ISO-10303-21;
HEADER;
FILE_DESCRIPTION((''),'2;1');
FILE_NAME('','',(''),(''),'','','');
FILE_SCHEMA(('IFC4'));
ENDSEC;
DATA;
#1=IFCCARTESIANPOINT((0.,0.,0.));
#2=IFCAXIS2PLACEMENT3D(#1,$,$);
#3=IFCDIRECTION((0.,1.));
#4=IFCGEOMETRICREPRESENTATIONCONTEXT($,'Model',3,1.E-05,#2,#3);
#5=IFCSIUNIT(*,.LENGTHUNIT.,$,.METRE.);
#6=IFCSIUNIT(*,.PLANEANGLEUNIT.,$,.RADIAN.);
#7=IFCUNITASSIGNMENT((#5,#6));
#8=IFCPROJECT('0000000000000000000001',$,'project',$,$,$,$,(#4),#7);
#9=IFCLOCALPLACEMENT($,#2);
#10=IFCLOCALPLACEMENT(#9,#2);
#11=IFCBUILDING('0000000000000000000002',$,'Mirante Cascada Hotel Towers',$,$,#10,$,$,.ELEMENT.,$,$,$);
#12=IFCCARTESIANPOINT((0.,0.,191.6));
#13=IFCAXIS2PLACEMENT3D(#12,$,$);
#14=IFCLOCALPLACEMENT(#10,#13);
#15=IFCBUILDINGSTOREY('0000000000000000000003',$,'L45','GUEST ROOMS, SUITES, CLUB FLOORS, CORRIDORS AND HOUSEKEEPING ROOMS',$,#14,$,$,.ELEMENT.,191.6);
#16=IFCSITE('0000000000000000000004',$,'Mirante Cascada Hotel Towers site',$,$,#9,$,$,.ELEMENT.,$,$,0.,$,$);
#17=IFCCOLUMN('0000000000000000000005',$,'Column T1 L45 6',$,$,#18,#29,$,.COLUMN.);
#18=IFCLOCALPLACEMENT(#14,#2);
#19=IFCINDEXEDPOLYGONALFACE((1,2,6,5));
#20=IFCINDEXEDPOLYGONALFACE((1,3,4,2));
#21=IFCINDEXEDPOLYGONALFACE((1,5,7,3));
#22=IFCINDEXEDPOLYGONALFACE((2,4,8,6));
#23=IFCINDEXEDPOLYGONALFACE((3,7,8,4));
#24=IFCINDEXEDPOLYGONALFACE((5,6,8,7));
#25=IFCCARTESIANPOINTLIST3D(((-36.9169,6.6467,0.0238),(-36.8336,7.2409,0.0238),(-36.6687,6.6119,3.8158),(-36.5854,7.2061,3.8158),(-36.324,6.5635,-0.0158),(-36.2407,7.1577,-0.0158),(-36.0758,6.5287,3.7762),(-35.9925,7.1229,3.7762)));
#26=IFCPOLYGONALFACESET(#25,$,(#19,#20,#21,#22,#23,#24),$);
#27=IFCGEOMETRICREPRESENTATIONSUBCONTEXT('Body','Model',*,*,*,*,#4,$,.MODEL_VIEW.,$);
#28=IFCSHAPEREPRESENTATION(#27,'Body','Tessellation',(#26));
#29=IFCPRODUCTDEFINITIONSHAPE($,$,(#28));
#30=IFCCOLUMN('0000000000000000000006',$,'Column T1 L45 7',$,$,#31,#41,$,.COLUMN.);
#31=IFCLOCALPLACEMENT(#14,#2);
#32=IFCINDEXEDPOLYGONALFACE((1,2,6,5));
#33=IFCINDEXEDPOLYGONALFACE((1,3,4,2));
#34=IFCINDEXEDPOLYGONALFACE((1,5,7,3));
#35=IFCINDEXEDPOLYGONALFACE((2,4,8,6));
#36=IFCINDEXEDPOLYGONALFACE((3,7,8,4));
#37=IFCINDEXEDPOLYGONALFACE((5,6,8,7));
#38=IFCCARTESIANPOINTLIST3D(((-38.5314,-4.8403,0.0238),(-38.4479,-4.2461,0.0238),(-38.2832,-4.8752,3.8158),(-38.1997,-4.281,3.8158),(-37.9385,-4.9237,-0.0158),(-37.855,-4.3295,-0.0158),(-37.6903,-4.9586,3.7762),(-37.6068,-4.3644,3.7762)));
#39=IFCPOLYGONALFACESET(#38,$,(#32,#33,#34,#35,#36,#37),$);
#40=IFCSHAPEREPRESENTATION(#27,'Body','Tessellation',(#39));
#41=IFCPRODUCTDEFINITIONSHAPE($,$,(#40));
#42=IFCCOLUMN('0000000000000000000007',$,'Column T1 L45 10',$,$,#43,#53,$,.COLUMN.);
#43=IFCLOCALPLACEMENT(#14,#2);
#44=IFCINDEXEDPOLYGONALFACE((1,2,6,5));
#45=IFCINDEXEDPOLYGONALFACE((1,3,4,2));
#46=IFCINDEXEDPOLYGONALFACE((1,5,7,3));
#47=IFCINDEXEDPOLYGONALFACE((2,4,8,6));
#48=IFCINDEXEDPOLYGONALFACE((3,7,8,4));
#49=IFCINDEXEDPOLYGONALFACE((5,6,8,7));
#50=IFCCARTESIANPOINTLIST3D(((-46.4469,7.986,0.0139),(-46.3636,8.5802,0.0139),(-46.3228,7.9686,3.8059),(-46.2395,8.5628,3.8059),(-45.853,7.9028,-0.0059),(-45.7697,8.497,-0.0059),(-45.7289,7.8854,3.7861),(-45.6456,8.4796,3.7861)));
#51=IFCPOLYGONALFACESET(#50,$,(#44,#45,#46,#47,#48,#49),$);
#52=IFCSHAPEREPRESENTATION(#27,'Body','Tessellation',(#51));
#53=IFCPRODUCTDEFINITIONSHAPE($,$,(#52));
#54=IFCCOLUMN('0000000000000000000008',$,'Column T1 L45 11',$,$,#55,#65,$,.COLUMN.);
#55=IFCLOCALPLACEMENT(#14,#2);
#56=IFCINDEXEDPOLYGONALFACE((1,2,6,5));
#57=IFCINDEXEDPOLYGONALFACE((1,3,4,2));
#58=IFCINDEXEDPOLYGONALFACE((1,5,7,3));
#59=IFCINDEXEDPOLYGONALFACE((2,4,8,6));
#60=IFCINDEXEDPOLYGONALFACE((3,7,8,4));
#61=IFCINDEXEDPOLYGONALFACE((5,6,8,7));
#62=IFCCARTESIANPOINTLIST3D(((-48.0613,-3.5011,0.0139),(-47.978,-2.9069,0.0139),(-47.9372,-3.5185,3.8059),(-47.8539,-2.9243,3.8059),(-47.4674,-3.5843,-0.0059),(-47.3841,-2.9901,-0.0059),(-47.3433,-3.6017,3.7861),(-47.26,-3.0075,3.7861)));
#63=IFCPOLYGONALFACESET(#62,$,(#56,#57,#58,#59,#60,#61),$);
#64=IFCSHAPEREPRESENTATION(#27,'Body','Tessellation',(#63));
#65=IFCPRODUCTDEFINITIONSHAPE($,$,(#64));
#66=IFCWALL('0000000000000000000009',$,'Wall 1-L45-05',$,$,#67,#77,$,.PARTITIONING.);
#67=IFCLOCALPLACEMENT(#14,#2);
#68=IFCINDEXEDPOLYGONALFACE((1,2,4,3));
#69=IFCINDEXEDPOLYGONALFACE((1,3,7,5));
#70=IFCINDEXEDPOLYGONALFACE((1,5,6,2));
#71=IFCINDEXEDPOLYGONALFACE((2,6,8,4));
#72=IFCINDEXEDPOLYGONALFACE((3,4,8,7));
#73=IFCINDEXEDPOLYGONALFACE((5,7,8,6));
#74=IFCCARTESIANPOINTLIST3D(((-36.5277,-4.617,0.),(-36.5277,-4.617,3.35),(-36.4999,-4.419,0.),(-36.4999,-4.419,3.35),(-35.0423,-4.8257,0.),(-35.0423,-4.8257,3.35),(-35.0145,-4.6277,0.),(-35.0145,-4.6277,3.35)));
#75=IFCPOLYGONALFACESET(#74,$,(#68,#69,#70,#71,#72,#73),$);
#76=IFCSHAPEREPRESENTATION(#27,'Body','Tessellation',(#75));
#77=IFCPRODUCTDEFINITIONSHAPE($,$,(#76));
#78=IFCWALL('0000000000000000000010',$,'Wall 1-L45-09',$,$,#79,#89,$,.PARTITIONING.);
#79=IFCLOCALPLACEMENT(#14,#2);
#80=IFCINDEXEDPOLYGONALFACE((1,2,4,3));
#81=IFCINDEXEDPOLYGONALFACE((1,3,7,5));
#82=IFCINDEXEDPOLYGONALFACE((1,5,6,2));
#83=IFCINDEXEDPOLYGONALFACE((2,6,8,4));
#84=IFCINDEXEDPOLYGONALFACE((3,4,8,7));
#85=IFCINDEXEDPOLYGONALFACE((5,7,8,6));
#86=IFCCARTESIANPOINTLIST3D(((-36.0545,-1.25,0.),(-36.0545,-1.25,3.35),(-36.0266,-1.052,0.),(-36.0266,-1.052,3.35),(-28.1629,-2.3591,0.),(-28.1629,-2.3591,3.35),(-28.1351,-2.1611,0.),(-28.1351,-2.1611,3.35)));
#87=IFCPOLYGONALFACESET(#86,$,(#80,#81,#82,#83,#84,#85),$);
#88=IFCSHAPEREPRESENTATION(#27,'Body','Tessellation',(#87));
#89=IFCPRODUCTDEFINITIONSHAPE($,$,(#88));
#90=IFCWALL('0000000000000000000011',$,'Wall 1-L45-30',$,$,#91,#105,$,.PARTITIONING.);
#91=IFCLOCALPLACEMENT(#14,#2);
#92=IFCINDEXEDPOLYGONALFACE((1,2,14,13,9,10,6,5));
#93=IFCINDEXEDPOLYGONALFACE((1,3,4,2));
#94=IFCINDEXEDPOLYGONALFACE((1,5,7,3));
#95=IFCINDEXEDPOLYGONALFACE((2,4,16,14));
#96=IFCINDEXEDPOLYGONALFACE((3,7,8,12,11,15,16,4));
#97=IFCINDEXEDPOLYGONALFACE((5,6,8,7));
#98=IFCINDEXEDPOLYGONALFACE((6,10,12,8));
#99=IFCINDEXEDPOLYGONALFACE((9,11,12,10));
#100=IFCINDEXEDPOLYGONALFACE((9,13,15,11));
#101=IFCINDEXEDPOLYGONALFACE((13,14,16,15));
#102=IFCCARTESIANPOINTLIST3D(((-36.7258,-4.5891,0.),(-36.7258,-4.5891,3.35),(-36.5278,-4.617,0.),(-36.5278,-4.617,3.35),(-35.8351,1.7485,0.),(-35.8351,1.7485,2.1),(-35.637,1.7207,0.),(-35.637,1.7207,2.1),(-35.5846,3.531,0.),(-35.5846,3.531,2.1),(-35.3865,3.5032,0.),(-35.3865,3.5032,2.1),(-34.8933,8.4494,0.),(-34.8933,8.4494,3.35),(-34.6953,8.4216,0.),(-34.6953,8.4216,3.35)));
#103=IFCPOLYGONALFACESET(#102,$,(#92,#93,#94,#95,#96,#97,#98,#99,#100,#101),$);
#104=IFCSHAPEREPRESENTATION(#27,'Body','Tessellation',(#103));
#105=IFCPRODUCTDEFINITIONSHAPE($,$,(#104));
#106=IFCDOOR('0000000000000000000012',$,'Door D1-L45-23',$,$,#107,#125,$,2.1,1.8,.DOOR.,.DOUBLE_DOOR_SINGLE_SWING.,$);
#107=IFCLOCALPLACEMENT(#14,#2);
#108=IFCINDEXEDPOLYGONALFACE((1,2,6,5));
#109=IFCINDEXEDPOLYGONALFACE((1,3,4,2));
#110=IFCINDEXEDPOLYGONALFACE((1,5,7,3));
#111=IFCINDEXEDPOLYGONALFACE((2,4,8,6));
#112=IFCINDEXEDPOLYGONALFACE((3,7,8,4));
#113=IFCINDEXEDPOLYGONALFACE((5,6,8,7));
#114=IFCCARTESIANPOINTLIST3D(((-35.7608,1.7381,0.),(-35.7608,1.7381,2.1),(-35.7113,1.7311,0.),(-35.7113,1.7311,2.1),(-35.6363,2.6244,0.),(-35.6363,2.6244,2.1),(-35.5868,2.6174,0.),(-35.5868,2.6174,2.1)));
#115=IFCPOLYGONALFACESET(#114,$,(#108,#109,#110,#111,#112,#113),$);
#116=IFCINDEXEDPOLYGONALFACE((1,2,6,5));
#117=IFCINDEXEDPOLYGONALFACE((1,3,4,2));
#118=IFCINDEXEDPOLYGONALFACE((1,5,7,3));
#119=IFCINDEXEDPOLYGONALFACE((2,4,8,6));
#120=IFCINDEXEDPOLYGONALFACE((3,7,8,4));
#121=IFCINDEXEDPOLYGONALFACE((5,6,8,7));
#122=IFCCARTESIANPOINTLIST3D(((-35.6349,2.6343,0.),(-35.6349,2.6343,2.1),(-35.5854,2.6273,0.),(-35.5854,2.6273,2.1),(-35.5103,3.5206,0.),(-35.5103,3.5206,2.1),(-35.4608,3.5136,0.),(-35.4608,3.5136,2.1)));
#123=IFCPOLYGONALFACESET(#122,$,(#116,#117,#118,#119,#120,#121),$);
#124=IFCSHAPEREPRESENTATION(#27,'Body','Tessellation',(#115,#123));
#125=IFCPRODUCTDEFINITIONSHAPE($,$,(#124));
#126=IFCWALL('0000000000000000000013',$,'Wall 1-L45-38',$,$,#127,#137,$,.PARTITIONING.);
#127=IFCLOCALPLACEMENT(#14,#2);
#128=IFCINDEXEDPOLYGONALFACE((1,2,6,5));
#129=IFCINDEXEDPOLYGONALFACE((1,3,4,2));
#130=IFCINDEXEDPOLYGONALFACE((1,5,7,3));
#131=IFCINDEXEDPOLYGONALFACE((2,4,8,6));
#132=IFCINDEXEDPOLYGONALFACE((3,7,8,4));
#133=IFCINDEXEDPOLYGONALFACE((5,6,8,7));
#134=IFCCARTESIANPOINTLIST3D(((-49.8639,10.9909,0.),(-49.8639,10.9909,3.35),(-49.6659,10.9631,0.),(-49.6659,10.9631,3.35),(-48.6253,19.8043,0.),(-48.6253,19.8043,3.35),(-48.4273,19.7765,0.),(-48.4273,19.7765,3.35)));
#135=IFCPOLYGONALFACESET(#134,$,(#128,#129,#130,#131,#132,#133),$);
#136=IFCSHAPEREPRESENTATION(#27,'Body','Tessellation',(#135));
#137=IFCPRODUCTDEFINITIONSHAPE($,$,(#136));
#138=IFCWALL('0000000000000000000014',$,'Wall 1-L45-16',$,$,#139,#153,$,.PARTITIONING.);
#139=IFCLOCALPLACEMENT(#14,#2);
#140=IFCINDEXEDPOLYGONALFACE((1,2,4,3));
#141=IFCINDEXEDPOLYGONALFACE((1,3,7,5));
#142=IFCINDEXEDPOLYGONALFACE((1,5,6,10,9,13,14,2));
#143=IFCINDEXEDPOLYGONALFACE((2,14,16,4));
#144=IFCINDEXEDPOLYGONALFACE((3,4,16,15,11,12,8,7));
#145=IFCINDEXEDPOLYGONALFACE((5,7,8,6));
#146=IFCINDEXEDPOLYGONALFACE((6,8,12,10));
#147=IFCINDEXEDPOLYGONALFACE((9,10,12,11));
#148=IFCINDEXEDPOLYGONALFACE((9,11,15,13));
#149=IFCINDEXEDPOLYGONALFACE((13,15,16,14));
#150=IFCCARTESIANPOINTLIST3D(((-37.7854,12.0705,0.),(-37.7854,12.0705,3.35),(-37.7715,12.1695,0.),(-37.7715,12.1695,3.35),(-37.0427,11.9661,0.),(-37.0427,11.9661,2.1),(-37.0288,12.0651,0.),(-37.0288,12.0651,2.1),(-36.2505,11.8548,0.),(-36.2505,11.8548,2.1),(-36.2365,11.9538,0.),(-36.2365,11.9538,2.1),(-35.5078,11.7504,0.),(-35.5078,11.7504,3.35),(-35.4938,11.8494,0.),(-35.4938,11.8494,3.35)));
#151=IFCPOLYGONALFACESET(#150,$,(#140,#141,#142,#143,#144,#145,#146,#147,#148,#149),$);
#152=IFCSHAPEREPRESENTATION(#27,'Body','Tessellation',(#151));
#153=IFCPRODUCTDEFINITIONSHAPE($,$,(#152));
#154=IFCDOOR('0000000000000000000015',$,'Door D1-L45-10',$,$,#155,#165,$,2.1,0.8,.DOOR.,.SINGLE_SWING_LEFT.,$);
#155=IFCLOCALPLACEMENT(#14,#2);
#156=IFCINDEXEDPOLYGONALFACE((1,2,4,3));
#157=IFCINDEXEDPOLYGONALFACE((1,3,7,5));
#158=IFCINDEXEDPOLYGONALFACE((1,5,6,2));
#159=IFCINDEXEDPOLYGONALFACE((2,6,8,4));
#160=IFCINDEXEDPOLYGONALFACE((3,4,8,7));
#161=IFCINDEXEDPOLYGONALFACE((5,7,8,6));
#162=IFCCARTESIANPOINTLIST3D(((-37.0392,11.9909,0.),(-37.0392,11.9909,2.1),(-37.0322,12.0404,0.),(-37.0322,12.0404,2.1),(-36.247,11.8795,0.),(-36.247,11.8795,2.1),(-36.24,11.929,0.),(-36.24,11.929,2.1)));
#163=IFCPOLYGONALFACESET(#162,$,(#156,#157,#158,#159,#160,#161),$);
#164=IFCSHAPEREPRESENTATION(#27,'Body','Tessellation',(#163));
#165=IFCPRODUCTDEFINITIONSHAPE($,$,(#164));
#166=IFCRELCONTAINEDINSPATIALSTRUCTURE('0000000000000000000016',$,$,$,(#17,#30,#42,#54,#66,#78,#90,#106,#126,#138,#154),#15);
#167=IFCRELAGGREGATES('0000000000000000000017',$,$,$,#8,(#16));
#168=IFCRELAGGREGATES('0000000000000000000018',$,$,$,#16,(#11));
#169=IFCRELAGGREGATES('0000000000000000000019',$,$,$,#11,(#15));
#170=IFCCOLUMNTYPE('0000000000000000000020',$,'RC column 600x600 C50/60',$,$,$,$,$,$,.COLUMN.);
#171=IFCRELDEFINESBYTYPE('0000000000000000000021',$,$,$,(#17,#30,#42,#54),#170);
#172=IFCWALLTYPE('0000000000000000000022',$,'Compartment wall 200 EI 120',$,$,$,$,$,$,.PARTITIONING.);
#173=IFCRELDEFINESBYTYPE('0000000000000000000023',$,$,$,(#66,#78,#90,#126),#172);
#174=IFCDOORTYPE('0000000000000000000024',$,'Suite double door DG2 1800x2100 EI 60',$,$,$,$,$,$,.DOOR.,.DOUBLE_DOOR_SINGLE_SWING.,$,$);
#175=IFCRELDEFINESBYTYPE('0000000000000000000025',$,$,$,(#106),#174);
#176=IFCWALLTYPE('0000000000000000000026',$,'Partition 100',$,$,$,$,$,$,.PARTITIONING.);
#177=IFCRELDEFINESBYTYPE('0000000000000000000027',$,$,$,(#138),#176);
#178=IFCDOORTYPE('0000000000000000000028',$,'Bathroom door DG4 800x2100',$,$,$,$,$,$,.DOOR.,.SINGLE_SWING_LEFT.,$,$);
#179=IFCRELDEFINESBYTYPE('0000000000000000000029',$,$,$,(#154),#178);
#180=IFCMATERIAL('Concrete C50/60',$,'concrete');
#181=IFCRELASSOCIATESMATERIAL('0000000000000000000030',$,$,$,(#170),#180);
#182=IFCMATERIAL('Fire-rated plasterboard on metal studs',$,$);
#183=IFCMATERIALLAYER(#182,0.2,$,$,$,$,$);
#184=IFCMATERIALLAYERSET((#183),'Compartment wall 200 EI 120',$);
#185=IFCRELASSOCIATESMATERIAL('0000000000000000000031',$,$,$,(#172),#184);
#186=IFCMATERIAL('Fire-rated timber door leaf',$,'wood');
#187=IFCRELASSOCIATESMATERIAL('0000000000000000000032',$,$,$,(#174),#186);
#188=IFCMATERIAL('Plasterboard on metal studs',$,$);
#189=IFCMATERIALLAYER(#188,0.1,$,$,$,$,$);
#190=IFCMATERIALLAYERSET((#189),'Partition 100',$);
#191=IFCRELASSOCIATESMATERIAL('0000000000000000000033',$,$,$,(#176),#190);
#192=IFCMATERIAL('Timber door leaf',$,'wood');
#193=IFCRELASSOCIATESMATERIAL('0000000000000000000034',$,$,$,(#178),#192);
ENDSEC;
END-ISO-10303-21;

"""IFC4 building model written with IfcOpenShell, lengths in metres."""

from ifc_helpers import new_model, si_unit, direction, frame, frame_2d, origin, origin_2d, place, context, subcontext, project, spatial, rectangle, extrude, material, layer, layer_set, material_profile, profile_set, type_object, element, fill, save


model = new_model("IFC4")

# Units and contexts
model_context = context("Model", 3, precision=1e-05, world=origin(), true_north=direction((0.0, 1.0)))
body_context = subcontext(model_context, "Body", "Model", "MODEL_VIEW")
ifc_project = project(units=[si_unit("LENGTHUNIT", "METRE"), si_unit("PLANEANGLEUNIT", "RADIAN")], contexts=[model_context])

# Site, building, storey
site_placement = place(None, origin())
site = spatial("IfcSite", under=ifc_project, at=site_placement, Name="Mirante Cascada Hotel Towers site", CompositionType="ELEMENT", RefElevation=0.0)
building_placement = place(site_placement, origin())
building = spatial("IfcBuilding", under=site, at=building_placement, Name="Mirante Cascada Hotel Towers", CompositionType="ELEMENT")
storey_placement = place(building_placement, frame((0.0, 0.0, 191.6)))
storey = spatial("IfcBuildingStorey", under=building, at=storey_placement, Name="L45", Description="GUEST ROOMS, SUITES, CLUB FLOORS, CORRIDORS AND HOUSEKEEPING ROOMS", CompositionType="ELEMENT", Elevation=191.6)

# Columns
ifc_material_1 = material(Name="Concrete C50/60", Category="concrete")
ifc_material_profile = material_profile(ifc_material_1, rectangle(XDim=0.6, YDim=0.6, at=origin_2d()), Name="RC column 600x600 C50/60")
ifc_profile_set = profile_set([ifc_material_profile], Name="Concrete C50/60")
column_type = type_object("IfcColumnType", Name="RC column 600x600 C50/60", PredefinedType="COLUMN", material=ifc_profile_set)
for number, where, z_axis, x_axis, name in (
    (1, (-36.5788, 6.9022, 0.004), (0.065311, -0.009157, 0.997823), (0.138851, 0.990313, 0.0), "Column T1 L45 6"),
    (2, (-38.1932, -4.5849, 0.004), (0.065311, -0.009184, 0.997823), (0.139243, 0.990258, 0.0), "Column T1 L45 7"),
):
    element("IfcColumn", number, at=place(storey_placement, frame(where, z_axis=z_axis, x_axis=x_axis)), inside=storey, type_object=column_type, Name=name, PredefinedType="COLUMN", context=body_context, shape_type="SweptSolid", body=[
        extrude(rectangle(XDim=0.6, YDim=0.6, at=origin_2d()), origin(), (0.0, 0.0, 1.0), 3.8003),
    ])
for number, where, z_axis, x_axis, name in (
    (3, (-46.1083, 8.2415, 0.004), (0.032709, -0.004586, 0.999454), (0.138851, 0.990313, 0.0), "Column T1 L45 10"),
    (4, (-47.7227, -3.2456, 0.004), (0.032709, -0.004586, 0.999454), (0.138851, 0.990313, 0.0), "Column T1 L45 11"),
):
    element("IfcColumn", number, at=place(storey_placement, frame(where, z_axis=z_axis, x_axis=x_axis)), inside=storey, type_object=column_type, Name=name, PredefinedType="COLUMN", context=body_context, shape_type="SweptSolid", body=[
        extrude(rectangle(XDim=0.6, YDim=0.6, at=origin_2d()), origin(), (0.0, 0.0, 1.0), 3.7941),
    ])

# Walls
ifc_material_2 = material(Name="Fire-rated plasterboard on metal studs")
ifc_layer_1 = layer(ifc_material_2, 0.2)
ifc_layer_set_1 = layer_set([ifc_layer_1], Name="Compartment wall 200 EI 120")
wall_type_1 = type_object("IfcWallType", Name="Compartment wall 200 EI 120", PredefinedType="PARTITIONING", material=ifc_layer_set_1)
wall_1_placement = place(storey_placement, frame((-36.5138, -4.518, 0.0), z_axis=(0.0, 0.0, 1.0), x_axis=(0.990274, -0.139134, 0.0)))
element("IfcWall", 5, at=wall_1_placement, inside=storey, type_object=wall_type_1, Name="Wall 1-L45-05", PredefinedType="PARTITIONING", context=body_context, shape_type="SweptSolid", body=[
    extrude(rectangle(XDim=1.5, YDim=0.2, at=frame_2d((0.75, 0.0))), origin(), (0.0, 0.0, 1.0), 3.35),
])
wall_2_placement = place(storey_placement, frame((-36.0406, -1.151, 0.0), z_axis=(0.0, 0.0, 1.0), x_axis=(0.990268, -0.139176, 0.0)))
element("IfcWall", 6, at=wall_2_placement, inside=storey, type_object=wall_type_1, Name="Wall 1-L45-09", PredefinedType="PARTITIONING", context=body_context, shape_type="SweptSolid", body=[
    extrude(rectangle(XDim=7.9691, YDim=0.2, at=frame_2d((3.9846, 0.0))), origin(), (0.0, 0.0, 1.0), 3.35),
])

# Wall, opening, door
wall_3_placement = place(storey_placement, frame((-36.6268, -4.6031, 0.0), z_axis=(0.0, 0.0, 1.0), x_axis=(0.139176, 0.990268, 0.0)))
wall_3 = element("IfcWall", 7, at=wall_3_placement, inside=storey, type_object=wall_type_1, Name="Wall 1-L45-30", PredefinedType="PARTITIONING", context=body_context, shape_type="SweptSolid", body=[
    extrude(rectangle(XDim=13.1667, YDim=0.2, at=frame_2d((6.5834, 0.0))), origin(), (0.0, 0.0, 1.0), 3.35),
])
opening_1_placement = place(wall_3_placement, frame((6.4, 0.0, 0.0)))
opening_1 = element("IfcOpeningElement", 8, at=opening_1_placement, cuts=wall_3, PredefinedType="OPENING", context=body_context, shape_type="SweptSolid", body=[
    extrude(rectangle(XDim=1.8, YDim=2.1, at=frame_2d((0.9, 1.05))), frame((0.0, 0.1, 0.0), z_axis=(0.0, -1.0, 0.0), x_axis=(1.0, 0.0, 0.0)), (0.0, 0.0, 1.0), 0.2),
])
ifc_material_3 = material(Name="Fire-rated timber door leaf", Category="wood")
door_type_1 = type_object("IfcDoorType", Name="Suite double door DG2 1800x2100 EI 60", OperationType="DOUBLE_DOOR_SINGLE_SWING", PredefinedType="DOOR", material=ifc_material_3)
door_1_placement = place(opening_1_placement, origin())
door_1 = element("IfcDoor", 9, at=door_1_placement, inside=storey, type_object=door_type_1, Name="Door D1-L45-23", OperationType="DOUBLE_DOOR_SINGLE_SWING", OverallHeight=2.1, OverallWidth=1.8, PredefinedType="DOOR", context=body_context, shape_type="SweptSolid", body=[
    extrude(rectangle(XDim=0.895, YDim=2.1, at=frame_2d((0.4475, 1.05))), frame((0.0, 0.025, 0.0), z_axis=(0.0, -1.0, 0.0), x_axis=(1.0, 0.0, 0.0)), (0.0, 0.0, 1.0), 0.05),
    extrude(rectangle(XDim=0.895, YDim=2.1, at=frame_2d((1.3525, 1.05))), frame((0.0, 0.025, 0.0), z_axis=(0.0, -1.0, 0.0), x_axis=(1.0, 0.0, 0.0)), (0.0, 0.0, 1.0), 0.05),
])
fill(opening_1, door_1)

# Wall
wall_4_placement = place(storey_placement, frame((-49.7649, 10.977, 0.0), z_axis=(0.0, 0.0, 1.0), x_axis=(0.139168, 0.990269, 0.0)))
element("IfcWall", 10, at=wall_4_placement, inside=storey, type_object=wall_type_1, Name="Wall 1-L45-38", PredefinedType="PARTITIONING", context=body_context, shape_type="SweptSolid", body=[
    extrude(rectangle(XDim=8.9, YDim=0.2, at=frame_2d((4.45, 0.0))), origin(), (0.0, 0.0, 1.0), 3.35),
])

# Wall, opening, door
ifc_material_4 = material(Name="Plasterboard on metal studs")
ifc_layer_2 = layer(ifc_material_4, 0.1)
ifc_layer_set_2 = layer_set([ifc_layer_2], Name="Partition 100")
wall_type_2 = type_object("IfcWallType", Name="Partition 100", PredefinedType="PARTITIONING", material=ifc_layer_set_2)
wall_5_placement = place(storey_placement, frame((-35.5008, 11.7999, 0.0), z_axis=(0.0, 0.0, 1.0), x_axis=(-0.990268, 0.139175, 0.0)))
wall_5 = element("IfcWall", 11, at=wall_5_placement, inside=storey, type_object=wall_type_2, Name="Wall 1-L45-16", PredefinedType="PARTITIONING", context=body_context, shape_type="SweptSolid", body=[
    extrude(rectangle(XDim=2.3, YDim=0.1, at=frame_2d((1.15, 0.0))), origin(), (0.0, 0.0, 1.0), 3.35),
])
opening_2_placement = place(wall_5_placement, frame((0.75, 0.0, 0.0)))
opening_2 = element("IfcOpeningElement", 12, at=opening_2_placement, cuts=wall_5, PredefinedType="OPENING", context=body_context, shape_type="SweptSolid", body=[
    extrude(rectangle(XDim=0.8, YDim=2.1, at=frame_2d((0.4, 1.05))), frame((0.0, 0.05, 0.0), z_axis=(0.0, -1.0, 0.0), x_axis=(1.0, 0.0, 0.0)), (0.0, 0.0, 1.0), 0.1),
])
ifc_material_5 = material(Name="Timber door leaf", Category="wood")
door_type_2 = type_object("IfcDoorType", Name="Bathroom door DG4 800x2100", OperationType="SINGLE_SWING_LEFT", PredefinedType="DOOR", material=ifc_material_5)
door_2_placement = place(opening_2_placement, origin())
door_2 = element("IfcDoor", 13, at=door_2_placement, inside=storey, type_object=door_type_2, Name="Door D1-L45-10", OperationType="SINGLE_SWING_LEFT", OverallHeight=2.1, OverallWidth=0.8, PredefinedType="DOOR", context=body_context, shape_type="SweptSolid", body=[
    extrude(rectangle(XDim=0.8, YDim=2.1, at=frame_2d((0.4, 1.05))), frame((0.0, 0.025, 0.0), z_axis=(0.0, -1.0, 0.0), x_axis=(1.0, 0.0, 0.0)), (0.0, 0.0, 1.0), 0.05),
])
fill(opening_2, door_2)

save(model, "model.ifc")
